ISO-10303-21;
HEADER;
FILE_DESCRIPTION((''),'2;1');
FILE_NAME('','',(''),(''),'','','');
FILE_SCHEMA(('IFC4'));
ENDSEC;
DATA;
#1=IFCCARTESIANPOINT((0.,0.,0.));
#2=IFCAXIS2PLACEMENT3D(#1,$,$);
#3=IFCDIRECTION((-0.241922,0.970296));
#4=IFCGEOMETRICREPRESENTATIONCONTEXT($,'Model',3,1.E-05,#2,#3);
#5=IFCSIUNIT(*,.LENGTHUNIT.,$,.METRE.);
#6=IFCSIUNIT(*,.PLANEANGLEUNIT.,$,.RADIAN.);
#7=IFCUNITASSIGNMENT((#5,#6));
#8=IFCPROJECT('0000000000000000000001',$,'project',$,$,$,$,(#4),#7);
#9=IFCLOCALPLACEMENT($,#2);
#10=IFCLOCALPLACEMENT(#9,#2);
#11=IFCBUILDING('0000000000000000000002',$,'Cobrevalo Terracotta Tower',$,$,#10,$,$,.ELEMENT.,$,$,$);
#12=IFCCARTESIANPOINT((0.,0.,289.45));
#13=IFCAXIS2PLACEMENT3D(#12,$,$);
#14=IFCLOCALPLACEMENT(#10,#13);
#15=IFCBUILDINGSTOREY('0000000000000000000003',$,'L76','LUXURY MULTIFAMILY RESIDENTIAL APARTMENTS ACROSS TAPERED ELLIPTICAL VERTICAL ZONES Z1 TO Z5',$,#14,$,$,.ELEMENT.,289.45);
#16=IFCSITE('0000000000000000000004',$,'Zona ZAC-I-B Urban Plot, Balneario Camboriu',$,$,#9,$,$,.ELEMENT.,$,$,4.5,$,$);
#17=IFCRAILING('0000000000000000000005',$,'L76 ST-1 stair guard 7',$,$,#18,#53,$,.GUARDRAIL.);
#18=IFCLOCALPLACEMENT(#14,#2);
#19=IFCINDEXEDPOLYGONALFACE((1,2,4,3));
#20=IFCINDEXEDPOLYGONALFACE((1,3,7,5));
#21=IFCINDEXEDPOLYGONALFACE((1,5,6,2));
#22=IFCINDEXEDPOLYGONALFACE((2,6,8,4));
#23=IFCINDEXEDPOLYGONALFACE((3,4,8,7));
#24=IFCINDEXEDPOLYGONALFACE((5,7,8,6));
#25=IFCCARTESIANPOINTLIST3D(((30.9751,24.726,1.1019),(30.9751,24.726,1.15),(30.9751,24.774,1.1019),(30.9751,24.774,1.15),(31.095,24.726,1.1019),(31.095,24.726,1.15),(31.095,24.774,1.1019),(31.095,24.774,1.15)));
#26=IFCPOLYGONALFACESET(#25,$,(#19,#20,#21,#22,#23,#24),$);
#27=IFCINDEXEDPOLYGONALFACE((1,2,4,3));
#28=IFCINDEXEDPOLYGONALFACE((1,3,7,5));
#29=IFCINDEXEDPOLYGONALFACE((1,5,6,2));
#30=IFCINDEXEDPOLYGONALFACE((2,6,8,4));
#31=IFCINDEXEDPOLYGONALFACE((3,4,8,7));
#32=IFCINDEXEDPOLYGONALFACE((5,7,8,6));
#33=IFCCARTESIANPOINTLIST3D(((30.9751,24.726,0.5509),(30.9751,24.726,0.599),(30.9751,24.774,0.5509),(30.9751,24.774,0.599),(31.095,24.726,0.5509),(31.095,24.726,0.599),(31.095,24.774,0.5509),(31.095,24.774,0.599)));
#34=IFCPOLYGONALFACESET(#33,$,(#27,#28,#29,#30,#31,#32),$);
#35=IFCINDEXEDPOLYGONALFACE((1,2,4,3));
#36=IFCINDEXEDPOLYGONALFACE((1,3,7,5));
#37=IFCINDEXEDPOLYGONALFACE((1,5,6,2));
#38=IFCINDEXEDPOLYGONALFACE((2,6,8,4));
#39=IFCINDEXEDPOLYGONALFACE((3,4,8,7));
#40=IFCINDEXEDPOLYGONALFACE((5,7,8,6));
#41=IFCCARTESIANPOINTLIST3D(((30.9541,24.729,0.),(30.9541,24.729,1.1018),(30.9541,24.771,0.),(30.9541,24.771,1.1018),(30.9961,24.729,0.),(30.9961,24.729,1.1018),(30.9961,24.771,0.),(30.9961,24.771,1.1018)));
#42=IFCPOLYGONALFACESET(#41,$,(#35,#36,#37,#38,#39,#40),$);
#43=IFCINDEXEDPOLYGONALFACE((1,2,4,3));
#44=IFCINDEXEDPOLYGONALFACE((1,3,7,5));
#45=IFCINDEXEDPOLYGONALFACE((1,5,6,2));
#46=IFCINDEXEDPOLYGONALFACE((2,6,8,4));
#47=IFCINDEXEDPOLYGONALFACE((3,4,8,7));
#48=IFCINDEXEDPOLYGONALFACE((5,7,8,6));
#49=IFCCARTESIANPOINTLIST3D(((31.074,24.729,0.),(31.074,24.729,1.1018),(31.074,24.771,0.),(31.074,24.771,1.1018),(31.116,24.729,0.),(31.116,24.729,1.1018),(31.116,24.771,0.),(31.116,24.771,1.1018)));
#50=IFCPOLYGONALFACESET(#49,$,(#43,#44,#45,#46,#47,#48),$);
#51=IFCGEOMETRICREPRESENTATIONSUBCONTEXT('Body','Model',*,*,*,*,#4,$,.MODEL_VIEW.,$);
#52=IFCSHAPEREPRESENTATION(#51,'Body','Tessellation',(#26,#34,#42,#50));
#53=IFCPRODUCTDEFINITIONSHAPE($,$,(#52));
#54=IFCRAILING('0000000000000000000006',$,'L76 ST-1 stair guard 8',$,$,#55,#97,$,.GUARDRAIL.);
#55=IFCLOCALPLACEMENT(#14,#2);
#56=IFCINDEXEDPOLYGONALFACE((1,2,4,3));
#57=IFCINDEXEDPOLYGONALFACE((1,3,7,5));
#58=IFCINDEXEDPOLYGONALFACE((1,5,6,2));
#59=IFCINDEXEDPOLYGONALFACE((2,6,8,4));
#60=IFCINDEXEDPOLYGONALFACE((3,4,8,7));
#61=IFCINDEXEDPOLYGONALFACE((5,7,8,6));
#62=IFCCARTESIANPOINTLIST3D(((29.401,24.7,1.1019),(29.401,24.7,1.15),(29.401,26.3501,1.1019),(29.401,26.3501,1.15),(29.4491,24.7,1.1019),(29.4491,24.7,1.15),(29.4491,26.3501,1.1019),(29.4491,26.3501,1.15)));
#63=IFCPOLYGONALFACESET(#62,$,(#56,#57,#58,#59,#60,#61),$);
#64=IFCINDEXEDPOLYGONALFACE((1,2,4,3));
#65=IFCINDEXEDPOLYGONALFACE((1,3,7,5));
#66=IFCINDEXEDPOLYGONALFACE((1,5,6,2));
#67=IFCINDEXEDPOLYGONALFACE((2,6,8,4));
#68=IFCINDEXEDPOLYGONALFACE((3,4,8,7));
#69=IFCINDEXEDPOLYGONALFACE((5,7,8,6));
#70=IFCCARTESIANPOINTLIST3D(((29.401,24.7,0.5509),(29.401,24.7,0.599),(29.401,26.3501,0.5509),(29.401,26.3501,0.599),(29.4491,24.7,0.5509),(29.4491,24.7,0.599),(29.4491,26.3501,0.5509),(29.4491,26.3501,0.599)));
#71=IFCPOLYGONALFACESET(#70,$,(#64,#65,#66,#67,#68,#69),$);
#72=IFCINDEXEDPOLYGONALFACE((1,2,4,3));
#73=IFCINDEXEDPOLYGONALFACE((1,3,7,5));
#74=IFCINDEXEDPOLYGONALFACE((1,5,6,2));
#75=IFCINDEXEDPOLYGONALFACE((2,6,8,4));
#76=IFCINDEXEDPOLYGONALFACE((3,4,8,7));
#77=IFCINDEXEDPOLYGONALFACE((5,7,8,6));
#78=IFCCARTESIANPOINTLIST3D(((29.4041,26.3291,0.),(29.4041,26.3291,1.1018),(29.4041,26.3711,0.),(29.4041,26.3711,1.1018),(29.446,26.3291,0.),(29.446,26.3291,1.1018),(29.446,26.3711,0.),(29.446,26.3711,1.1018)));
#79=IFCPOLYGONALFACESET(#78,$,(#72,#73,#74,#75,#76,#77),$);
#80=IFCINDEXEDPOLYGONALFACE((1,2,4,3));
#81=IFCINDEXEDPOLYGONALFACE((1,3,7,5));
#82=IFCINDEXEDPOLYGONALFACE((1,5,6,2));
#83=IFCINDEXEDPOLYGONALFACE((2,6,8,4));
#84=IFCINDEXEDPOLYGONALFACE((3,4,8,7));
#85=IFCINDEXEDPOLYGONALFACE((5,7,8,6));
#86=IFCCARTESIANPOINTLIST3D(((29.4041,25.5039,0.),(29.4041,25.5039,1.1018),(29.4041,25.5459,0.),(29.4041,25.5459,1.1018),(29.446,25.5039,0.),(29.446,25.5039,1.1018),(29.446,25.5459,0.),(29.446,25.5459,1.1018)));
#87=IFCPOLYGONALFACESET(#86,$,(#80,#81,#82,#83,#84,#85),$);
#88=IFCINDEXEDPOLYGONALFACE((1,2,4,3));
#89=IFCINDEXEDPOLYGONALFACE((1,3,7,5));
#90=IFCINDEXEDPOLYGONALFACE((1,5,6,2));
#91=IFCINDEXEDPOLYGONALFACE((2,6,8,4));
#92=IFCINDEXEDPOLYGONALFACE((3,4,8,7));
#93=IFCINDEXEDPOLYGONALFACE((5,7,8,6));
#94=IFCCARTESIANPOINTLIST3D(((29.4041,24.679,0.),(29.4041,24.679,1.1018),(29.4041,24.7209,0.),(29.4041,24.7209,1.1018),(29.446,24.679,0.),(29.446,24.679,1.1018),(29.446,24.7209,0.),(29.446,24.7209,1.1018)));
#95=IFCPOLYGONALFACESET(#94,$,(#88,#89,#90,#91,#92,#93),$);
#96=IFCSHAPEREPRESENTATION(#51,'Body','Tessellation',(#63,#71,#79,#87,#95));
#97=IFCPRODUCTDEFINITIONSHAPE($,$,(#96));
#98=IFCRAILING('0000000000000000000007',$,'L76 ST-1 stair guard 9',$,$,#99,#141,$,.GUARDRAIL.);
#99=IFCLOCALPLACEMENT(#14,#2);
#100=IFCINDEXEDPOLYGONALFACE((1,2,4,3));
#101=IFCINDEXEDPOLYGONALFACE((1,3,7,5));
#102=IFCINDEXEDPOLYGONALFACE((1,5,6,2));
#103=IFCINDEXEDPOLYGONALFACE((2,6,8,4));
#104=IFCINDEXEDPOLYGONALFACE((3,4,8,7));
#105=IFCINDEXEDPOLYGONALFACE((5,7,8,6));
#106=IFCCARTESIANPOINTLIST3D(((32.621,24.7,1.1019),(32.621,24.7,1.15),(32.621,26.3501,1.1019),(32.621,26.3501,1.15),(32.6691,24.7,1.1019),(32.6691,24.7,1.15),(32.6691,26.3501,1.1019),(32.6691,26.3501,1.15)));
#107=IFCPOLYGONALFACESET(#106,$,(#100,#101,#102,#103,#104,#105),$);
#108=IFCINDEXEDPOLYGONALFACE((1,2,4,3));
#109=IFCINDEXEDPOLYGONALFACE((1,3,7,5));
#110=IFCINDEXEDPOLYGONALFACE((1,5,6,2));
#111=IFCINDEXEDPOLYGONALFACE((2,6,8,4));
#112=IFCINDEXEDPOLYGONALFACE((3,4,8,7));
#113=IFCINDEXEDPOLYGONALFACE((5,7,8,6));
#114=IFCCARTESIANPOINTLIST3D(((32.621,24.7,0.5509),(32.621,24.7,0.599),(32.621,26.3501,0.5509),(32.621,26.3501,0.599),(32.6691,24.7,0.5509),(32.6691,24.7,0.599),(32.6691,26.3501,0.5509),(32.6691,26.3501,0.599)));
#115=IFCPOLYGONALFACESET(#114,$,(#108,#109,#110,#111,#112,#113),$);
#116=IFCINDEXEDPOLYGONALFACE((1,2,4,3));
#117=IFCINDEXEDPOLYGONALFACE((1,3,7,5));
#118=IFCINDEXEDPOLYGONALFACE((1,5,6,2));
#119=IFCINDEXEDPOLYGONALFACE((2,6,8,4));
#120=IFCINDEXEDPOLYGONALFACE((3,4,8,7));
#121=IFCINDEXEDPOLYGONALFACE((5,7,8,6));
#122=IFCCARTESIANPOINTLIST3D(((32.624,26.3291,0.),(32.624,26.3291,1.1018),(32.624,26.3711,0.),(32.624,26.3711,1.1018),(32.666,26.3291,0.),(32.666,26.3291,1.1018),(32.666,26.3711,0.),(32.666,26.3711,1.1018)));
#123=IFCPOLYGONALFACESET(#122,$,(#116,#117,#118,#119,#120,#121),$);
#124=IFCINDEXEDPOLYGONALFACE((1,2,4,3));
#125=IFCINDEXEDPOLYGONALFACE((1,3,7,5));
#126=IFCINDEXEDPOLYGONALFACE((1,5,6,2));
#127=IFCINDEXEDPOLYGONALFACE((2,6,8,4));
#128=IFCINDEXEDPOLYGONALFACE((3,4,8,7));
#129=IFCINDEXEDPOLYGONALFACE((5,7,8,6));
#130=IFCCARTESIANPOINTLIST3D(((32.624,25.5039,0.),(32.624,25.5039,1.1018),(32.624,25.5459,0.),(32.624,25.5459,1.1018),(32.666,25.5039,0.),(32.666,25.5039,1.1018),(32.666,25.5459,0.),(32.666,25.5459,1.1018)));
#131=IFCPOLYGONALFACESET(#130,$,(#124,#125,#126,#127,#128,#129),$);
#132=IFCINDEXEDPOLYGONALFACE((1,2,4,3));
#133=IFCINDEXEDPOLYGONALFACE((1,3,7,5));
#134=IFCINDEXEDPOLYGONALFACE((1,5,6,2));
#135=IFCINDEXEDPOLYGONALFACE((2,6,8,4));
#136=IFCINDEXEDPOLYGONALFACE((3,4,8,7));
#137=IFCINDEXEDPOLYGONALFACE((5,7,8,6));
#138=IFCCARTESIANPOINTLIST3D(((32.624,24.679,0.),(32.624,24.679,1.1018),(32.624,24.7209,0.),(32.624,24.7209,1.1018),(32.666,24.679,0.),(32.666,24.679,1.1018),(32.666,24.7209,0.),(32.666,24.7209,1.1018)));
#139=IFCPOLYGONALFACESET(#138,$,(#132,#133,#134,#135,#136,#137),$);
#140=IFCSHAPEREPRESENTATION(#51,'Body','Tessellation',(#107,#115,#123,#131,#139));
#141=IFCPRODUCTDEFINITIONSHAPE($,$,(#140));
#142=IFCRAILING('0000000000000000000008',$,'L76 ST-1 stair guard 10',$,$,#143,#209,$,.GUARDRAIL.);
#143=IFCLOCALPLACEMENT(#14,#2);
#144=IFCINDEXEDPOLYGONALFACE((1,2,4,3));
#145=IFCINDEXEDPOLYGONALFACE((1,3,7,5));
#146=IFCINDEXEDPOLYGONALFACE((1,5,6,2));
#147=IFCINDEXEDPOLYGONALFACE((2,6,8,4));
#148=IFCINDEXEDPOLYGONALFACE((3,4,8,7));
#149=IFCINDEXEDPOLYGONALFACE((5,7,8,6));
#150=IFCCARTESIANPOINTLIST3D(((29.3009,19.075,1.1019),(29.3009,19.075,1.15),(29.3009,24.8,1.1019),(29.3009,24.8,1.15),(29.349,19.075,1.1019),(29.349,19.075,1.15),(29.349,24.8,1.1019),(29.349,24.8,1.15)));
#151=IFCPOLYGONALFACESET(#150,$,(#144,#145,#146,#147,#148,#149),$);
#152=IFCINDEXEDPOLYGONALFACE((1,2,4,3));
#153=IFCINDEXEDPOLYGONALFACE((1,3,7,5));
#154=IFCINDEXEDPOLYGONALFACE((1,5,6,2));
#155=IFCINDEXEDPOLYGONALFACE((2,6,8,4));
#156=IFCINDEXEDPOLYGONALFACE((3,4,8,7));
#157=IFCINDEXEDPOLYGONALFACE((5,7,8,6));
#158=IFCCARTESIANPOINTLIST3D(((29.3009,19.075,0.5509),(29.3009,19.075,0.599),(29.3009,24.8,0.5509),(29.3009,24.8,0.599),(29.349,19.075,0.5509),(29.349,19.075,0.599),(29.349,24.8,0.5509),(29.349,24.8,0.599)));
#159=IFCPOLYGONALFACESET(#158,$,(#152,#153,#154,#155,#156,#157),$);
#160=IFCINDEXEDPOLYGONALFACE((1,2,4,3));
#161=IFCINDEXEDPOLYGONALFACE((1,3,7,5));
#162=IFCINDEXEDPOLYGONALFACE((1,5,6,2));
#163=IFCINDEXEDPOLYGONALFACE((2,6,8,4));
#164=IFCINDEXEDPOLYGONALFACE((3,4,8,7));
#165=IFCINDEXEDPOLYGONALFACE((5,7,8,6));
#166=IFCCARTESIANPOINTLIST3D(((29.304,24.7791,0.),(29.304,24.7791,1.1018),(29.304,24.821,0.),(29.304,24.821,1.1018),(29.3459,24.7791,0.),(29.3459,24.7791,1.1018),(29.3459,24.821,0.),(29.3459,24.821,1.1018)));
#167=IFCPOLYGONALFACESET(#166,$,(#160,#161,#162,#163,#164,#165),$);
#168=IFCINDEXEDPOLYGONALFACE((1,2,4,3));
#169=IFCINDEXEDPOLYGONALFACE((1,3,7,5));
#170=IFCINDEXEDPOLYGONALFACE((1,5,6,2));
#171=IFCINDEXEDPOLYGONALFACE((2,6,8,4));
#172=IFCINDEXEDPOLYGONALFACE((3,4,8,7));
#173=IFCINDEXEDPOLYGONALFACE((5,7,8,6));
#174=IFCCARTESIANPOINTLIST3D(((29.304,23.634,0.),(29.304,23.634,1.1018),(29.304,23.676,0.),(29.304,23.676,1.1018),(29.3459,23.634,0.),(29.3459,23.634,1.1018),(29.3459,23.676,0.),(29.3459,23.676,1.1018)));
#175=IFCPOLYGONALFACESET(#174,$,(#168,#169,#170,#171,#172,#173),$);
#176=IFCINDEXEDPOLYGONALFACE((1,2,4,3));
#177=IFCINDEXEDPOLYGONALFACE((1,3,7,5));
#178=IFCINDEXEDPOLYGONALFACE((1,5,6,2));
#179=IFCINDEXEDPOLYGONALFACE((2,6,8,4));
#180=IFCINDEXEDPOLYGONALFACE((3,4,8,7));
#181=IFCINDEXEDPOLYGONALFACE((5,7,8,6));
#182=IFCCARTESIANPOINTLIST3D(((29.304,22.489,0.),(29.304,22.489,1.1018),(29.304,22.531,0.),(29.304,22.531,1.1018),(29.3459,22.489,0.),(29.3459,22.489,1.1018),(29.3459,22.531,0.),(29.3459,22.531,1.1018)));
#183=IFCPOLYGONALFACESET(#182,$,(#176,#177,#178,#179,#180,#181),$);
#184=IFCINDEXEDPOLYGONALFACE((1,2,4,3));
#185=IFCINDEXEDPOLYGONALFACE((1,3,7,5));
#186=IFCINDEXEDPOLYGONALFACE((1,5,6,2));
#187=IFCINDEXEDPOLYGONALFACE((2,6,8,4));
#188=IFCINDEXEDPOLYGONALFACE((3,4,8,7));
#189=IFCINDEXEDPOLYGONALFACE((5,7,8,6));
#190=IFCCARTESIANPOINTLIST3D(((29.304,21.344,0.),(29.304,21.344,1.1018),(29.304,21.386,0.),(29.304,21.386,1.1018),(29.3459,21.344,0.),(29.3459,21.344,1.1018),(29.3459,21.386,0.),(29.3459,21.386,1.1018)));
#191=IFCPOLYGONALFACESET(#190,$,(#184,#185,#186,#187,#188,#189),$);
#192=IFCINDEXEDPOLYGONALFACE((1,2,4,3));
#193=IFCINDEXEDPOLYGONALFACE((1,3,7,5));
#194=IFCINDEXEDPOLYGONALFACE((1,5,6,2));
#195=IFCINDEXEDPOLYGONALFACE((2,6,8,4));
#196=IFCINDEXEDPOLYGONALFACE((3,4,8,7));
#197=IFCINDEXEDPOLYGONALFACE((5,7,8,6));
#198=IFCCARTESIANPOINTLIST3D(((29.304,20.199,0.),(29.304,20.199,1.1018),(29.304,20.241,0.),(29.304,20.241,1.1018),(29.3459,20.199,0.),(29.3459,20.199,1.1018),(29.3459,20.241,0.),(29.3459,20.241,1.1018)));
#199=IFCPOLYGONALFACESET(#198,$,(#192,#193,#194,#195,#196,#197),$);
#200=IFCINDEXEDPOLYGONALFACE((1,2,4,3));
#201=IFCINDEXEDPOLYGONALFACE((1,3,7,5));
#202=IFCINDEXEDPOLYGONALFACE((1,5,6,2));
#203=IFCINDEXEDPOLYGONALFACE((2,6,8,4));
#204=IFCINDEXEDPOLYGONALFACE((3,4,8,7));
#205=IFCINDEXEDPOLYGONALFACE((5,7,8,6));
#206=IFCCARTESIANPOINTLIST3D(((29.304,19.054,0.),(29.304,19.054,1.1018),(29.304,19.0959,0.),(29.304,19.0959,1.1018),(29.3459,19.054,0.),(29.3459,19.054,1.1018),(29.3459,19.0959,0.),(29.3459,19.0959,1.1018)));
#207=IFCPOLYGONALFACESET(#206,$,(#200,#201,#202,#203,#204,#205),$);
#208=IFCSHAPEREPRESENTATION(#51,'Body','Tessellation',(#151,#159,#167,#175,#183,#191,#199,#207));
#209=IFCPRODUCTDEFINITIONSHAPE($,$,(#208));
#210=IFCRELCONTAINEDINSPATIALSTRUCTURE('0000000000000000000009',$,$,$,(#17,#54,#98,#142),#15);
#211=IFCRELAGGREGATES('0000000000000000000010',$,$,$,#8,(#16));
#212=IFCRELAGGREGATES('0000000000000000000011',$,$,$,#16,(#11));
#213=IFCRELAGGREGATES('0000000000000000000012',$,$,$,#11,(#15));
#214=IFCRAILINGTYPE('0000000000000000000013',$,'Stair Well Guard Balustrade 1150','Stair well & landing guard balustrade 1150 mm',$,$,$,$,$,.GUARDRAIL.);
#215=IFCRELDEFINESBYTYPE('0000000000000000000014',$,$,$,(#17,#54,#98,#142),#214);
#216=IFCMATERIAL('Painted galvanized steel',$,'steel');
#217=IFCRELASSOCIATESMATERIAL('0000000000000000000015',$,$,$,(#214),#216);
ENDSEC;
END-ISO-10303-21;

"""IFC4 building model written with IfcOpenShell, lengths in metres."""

from ifc_helpers import new_model, si_unit, direction, frame, origin, origin_2d, place, context, subcontext, project, spatial, rectangle, extrude, material, type_object, element, save


model = new_model("IFC4")

# Units and contexts
model_context = context("Model", 3, precision=1e-05, world=origin(), true_north=direction((-0.241922, 0.970296)))
body_context = subcontext(model_context, "Body", "Model", "MODEL_VIEW")
ifc_project = project(units=[si_unit("LENGTHUNIT", "METRE"), si_unit("PLANEANGLEUNIT", "RADIAN")], contexts=[model_context])

# Site, building, storey
site_placement = place(None, origin())
site = spatial("IfcSite", under=ifc_project, at=site_placement, Name="Zona ZAC-I-B Urban Plot, Balneario Camboriu", CompositionType="ELEMENT", RefElevation=4.5)
building_placement = place(site_placement, origin())
building = spatial("IfcBuilding", under=site, at=building_placement, Name="Cobrevalo Terracotta Tower", CompositionType="ELEMENT")
storey_placement = place(building_placement, frame((0.0, 0.0, 289.45)))
storey = spatial("IfcBuildingStorey", under=building, at=storey_placement, Name="L76", Description="LUXURY MULTIFAMILY RESIDENTIAL APARTMENTS ACROSS TAPERED ELLIPTICAL VERTICAL ZONES Z1 TO Z5", CompositionType="ELEMENT", Elevation=289.45)

# Railings
ifc_material_1 = material(Name="Painted galvanized steel", Category="steel")
railing_type_1 = type_object("IfcRailingType", Name="Stair Well Guard Balustrade 1150", Description="Stair well & landing guard balustrade 1150 mm", PredefinedType="GUARDRAIL", material=ifc_material_1)
railing_1_placement = place(storey_placement, frame((30.9751, 24.75, 0.0)))
element("IfcRailing", 1, at=railing_1_placement, inside=storey, type_object=railing_type_1, Name="L76 ST-1 stair guard 7", PredefinedType="GUARDRAIL", context=body_context, shape_type="SweptSolid", body=[
    extrude(rectangle(XDim=0.0481, YDim=0.0481, at=origin_2d()), frame((0.0, 0.0, 1.126), z_axis=(1.0, 0.0, 0.0), x_axis=(0.0, 1.0, 0.0)), (0.0, 0.0, 1.0), 0.1199),
    extrude(rectangle(XDim=0.0481, YDim=0.0481, at=origin_2d()), frame((0.0, 0.0, 0.575), z_axis=(1.0, 0.0, 0.0), x_axis=(0.0, 1.0, 0.0)), (0.0, 0.0, 1.0), 0.1199),
    extrude(rectangle(XDim=0.042, YDim=0.042, at=origin_2d()), origin(), (0.0, 0.0, 1.0), 1.1018),
    extrude(rectangle(XDim=0.042, YDim=0.042, at=origin_2d()), frame((0.1199, 0.0, 0.0)), (0.0, 0.0, 1.0), 1.1018),
])
for number, where, name in (
    (2, (29.425, 26.3501, 0.0), "L76 ST-1 stair guard 8"),
    (3, (32.645, 26.3501, 0.0), "L76 ST-1 stair guard 9"),
):
    element("IfcRailing", number, at=place(storey_placement, frame(where)), inside=storey, type_object=railing_type_1, Name=name, PredefinedType="GUARDRAIL", context=body_context, shape_type="SweptSolid", body=[
        extrude(rectangle(XDim=0.0481, YDim=0.0481, at=origin_2d()), frame((0.0, 0.0, 1.126), z_axis=(0.0, -1.0, 0.0), x_axis=(1.0, 0.0, 0.0)), (0.0, 0.0, 1.0), 1.6501),
        extrude(rectangle(XDim=0.0481, YDim=0.0481, at=origin_2d()), frame((0.0, 0.0, 0.575), z_axis=(0.0, -1.0, 0.0), x_axis=(1.0, 0.0, 0.0)), (0.0, 0.0, 1.0), 1.6501),
        extrude(rectangle(XDim=0.042, YDim=0.042, at=origin_2d()), origin(), (0.0, 0.0, 1.0), 1.1018),
        extrude(rectangle(XDim=0.042, YDim=0.042, at=origin_2d()), frame((0.0, -0.8252, 0.0)), (0.0, 0.0, 1.0), 1.1018),
        extrude(rectangle(XDim=0.042, YDim=0.042, at=origin_2d()), frame((0.0, -1.6501, 0.0)), (0.0, 0.0, 1.0), 1.1018),
    ])
for number, where, name in (
    (4, (29.325, 24.8, 0.0), "L76 ST-1 stair guard 10"),
):
    element("IfcRailing", number, at=place(storey_placement, frame(where)), inside=storey, type_object=railing_type_1, Name=name, PredefinedType="GUARDRAIL", context=body_context, shape_type="SweptSolid", body=[
        extrude(rectangle(XDim=0.0481, YDim=0.0481, at=origin_2d()), frame((0.0, 0.0, 1.126), z_axis=(0.0, -1.0, 0.0), x_axis=(1.0, 0.0, 0.0)), (0.0, 0.0, 1.0), 5.7251),
        extrude(rectangle(XDim=0.0481, YDim=0.0481, at=origin_2d()), frame((0.0, 0.0, 0.575), z_axis=(0.0, -1.0, 0.0), x_axis=(1.0, 0.0, 0.0)), (0.0, 0.0, 1.0), 5.7251),
        extrude(rectangle(XDim=0.042, YDim=0.042, at=origin_2d()), origin(), (0.0, 0.0, 1.0), 1.1018),
        extrude(rectangle(XDim=0.042, YDim=0.042, at=origin_2d()), frame((0.0, -1.145, 0.0)), (0.0, 0.0, 1.0), 1.1018),
        extrude(rectangle(XDim=0.042, YDim=0.042, at=origin_2d()), frame((0.0, -2.29, 0.0)), (0.0, 0.0, 1.0), 1.1018),
        extrude(rectangle(XDim=0.042, YDim=0.042, at=origin_2d()), frame((0.0, -3.4351, 0.0)), (0.0, 0.0, 1.0), 1.1018),
        extrude(rectangle(XDim=0.042, YDim=0.042, at=origin_2d()), frame((0.0, -4.5801, 0.0)), (0.0, 0.0, 1.0), 1.1018),
        extrude(rectangle(XDim=0.042, YDim=0.042, at=origin_2d()), frame((0.0, -5.7251, 0.0)), (0.0, 0.0, 1.0), 1.1018),
    ])

save(model, "model.ifc")
